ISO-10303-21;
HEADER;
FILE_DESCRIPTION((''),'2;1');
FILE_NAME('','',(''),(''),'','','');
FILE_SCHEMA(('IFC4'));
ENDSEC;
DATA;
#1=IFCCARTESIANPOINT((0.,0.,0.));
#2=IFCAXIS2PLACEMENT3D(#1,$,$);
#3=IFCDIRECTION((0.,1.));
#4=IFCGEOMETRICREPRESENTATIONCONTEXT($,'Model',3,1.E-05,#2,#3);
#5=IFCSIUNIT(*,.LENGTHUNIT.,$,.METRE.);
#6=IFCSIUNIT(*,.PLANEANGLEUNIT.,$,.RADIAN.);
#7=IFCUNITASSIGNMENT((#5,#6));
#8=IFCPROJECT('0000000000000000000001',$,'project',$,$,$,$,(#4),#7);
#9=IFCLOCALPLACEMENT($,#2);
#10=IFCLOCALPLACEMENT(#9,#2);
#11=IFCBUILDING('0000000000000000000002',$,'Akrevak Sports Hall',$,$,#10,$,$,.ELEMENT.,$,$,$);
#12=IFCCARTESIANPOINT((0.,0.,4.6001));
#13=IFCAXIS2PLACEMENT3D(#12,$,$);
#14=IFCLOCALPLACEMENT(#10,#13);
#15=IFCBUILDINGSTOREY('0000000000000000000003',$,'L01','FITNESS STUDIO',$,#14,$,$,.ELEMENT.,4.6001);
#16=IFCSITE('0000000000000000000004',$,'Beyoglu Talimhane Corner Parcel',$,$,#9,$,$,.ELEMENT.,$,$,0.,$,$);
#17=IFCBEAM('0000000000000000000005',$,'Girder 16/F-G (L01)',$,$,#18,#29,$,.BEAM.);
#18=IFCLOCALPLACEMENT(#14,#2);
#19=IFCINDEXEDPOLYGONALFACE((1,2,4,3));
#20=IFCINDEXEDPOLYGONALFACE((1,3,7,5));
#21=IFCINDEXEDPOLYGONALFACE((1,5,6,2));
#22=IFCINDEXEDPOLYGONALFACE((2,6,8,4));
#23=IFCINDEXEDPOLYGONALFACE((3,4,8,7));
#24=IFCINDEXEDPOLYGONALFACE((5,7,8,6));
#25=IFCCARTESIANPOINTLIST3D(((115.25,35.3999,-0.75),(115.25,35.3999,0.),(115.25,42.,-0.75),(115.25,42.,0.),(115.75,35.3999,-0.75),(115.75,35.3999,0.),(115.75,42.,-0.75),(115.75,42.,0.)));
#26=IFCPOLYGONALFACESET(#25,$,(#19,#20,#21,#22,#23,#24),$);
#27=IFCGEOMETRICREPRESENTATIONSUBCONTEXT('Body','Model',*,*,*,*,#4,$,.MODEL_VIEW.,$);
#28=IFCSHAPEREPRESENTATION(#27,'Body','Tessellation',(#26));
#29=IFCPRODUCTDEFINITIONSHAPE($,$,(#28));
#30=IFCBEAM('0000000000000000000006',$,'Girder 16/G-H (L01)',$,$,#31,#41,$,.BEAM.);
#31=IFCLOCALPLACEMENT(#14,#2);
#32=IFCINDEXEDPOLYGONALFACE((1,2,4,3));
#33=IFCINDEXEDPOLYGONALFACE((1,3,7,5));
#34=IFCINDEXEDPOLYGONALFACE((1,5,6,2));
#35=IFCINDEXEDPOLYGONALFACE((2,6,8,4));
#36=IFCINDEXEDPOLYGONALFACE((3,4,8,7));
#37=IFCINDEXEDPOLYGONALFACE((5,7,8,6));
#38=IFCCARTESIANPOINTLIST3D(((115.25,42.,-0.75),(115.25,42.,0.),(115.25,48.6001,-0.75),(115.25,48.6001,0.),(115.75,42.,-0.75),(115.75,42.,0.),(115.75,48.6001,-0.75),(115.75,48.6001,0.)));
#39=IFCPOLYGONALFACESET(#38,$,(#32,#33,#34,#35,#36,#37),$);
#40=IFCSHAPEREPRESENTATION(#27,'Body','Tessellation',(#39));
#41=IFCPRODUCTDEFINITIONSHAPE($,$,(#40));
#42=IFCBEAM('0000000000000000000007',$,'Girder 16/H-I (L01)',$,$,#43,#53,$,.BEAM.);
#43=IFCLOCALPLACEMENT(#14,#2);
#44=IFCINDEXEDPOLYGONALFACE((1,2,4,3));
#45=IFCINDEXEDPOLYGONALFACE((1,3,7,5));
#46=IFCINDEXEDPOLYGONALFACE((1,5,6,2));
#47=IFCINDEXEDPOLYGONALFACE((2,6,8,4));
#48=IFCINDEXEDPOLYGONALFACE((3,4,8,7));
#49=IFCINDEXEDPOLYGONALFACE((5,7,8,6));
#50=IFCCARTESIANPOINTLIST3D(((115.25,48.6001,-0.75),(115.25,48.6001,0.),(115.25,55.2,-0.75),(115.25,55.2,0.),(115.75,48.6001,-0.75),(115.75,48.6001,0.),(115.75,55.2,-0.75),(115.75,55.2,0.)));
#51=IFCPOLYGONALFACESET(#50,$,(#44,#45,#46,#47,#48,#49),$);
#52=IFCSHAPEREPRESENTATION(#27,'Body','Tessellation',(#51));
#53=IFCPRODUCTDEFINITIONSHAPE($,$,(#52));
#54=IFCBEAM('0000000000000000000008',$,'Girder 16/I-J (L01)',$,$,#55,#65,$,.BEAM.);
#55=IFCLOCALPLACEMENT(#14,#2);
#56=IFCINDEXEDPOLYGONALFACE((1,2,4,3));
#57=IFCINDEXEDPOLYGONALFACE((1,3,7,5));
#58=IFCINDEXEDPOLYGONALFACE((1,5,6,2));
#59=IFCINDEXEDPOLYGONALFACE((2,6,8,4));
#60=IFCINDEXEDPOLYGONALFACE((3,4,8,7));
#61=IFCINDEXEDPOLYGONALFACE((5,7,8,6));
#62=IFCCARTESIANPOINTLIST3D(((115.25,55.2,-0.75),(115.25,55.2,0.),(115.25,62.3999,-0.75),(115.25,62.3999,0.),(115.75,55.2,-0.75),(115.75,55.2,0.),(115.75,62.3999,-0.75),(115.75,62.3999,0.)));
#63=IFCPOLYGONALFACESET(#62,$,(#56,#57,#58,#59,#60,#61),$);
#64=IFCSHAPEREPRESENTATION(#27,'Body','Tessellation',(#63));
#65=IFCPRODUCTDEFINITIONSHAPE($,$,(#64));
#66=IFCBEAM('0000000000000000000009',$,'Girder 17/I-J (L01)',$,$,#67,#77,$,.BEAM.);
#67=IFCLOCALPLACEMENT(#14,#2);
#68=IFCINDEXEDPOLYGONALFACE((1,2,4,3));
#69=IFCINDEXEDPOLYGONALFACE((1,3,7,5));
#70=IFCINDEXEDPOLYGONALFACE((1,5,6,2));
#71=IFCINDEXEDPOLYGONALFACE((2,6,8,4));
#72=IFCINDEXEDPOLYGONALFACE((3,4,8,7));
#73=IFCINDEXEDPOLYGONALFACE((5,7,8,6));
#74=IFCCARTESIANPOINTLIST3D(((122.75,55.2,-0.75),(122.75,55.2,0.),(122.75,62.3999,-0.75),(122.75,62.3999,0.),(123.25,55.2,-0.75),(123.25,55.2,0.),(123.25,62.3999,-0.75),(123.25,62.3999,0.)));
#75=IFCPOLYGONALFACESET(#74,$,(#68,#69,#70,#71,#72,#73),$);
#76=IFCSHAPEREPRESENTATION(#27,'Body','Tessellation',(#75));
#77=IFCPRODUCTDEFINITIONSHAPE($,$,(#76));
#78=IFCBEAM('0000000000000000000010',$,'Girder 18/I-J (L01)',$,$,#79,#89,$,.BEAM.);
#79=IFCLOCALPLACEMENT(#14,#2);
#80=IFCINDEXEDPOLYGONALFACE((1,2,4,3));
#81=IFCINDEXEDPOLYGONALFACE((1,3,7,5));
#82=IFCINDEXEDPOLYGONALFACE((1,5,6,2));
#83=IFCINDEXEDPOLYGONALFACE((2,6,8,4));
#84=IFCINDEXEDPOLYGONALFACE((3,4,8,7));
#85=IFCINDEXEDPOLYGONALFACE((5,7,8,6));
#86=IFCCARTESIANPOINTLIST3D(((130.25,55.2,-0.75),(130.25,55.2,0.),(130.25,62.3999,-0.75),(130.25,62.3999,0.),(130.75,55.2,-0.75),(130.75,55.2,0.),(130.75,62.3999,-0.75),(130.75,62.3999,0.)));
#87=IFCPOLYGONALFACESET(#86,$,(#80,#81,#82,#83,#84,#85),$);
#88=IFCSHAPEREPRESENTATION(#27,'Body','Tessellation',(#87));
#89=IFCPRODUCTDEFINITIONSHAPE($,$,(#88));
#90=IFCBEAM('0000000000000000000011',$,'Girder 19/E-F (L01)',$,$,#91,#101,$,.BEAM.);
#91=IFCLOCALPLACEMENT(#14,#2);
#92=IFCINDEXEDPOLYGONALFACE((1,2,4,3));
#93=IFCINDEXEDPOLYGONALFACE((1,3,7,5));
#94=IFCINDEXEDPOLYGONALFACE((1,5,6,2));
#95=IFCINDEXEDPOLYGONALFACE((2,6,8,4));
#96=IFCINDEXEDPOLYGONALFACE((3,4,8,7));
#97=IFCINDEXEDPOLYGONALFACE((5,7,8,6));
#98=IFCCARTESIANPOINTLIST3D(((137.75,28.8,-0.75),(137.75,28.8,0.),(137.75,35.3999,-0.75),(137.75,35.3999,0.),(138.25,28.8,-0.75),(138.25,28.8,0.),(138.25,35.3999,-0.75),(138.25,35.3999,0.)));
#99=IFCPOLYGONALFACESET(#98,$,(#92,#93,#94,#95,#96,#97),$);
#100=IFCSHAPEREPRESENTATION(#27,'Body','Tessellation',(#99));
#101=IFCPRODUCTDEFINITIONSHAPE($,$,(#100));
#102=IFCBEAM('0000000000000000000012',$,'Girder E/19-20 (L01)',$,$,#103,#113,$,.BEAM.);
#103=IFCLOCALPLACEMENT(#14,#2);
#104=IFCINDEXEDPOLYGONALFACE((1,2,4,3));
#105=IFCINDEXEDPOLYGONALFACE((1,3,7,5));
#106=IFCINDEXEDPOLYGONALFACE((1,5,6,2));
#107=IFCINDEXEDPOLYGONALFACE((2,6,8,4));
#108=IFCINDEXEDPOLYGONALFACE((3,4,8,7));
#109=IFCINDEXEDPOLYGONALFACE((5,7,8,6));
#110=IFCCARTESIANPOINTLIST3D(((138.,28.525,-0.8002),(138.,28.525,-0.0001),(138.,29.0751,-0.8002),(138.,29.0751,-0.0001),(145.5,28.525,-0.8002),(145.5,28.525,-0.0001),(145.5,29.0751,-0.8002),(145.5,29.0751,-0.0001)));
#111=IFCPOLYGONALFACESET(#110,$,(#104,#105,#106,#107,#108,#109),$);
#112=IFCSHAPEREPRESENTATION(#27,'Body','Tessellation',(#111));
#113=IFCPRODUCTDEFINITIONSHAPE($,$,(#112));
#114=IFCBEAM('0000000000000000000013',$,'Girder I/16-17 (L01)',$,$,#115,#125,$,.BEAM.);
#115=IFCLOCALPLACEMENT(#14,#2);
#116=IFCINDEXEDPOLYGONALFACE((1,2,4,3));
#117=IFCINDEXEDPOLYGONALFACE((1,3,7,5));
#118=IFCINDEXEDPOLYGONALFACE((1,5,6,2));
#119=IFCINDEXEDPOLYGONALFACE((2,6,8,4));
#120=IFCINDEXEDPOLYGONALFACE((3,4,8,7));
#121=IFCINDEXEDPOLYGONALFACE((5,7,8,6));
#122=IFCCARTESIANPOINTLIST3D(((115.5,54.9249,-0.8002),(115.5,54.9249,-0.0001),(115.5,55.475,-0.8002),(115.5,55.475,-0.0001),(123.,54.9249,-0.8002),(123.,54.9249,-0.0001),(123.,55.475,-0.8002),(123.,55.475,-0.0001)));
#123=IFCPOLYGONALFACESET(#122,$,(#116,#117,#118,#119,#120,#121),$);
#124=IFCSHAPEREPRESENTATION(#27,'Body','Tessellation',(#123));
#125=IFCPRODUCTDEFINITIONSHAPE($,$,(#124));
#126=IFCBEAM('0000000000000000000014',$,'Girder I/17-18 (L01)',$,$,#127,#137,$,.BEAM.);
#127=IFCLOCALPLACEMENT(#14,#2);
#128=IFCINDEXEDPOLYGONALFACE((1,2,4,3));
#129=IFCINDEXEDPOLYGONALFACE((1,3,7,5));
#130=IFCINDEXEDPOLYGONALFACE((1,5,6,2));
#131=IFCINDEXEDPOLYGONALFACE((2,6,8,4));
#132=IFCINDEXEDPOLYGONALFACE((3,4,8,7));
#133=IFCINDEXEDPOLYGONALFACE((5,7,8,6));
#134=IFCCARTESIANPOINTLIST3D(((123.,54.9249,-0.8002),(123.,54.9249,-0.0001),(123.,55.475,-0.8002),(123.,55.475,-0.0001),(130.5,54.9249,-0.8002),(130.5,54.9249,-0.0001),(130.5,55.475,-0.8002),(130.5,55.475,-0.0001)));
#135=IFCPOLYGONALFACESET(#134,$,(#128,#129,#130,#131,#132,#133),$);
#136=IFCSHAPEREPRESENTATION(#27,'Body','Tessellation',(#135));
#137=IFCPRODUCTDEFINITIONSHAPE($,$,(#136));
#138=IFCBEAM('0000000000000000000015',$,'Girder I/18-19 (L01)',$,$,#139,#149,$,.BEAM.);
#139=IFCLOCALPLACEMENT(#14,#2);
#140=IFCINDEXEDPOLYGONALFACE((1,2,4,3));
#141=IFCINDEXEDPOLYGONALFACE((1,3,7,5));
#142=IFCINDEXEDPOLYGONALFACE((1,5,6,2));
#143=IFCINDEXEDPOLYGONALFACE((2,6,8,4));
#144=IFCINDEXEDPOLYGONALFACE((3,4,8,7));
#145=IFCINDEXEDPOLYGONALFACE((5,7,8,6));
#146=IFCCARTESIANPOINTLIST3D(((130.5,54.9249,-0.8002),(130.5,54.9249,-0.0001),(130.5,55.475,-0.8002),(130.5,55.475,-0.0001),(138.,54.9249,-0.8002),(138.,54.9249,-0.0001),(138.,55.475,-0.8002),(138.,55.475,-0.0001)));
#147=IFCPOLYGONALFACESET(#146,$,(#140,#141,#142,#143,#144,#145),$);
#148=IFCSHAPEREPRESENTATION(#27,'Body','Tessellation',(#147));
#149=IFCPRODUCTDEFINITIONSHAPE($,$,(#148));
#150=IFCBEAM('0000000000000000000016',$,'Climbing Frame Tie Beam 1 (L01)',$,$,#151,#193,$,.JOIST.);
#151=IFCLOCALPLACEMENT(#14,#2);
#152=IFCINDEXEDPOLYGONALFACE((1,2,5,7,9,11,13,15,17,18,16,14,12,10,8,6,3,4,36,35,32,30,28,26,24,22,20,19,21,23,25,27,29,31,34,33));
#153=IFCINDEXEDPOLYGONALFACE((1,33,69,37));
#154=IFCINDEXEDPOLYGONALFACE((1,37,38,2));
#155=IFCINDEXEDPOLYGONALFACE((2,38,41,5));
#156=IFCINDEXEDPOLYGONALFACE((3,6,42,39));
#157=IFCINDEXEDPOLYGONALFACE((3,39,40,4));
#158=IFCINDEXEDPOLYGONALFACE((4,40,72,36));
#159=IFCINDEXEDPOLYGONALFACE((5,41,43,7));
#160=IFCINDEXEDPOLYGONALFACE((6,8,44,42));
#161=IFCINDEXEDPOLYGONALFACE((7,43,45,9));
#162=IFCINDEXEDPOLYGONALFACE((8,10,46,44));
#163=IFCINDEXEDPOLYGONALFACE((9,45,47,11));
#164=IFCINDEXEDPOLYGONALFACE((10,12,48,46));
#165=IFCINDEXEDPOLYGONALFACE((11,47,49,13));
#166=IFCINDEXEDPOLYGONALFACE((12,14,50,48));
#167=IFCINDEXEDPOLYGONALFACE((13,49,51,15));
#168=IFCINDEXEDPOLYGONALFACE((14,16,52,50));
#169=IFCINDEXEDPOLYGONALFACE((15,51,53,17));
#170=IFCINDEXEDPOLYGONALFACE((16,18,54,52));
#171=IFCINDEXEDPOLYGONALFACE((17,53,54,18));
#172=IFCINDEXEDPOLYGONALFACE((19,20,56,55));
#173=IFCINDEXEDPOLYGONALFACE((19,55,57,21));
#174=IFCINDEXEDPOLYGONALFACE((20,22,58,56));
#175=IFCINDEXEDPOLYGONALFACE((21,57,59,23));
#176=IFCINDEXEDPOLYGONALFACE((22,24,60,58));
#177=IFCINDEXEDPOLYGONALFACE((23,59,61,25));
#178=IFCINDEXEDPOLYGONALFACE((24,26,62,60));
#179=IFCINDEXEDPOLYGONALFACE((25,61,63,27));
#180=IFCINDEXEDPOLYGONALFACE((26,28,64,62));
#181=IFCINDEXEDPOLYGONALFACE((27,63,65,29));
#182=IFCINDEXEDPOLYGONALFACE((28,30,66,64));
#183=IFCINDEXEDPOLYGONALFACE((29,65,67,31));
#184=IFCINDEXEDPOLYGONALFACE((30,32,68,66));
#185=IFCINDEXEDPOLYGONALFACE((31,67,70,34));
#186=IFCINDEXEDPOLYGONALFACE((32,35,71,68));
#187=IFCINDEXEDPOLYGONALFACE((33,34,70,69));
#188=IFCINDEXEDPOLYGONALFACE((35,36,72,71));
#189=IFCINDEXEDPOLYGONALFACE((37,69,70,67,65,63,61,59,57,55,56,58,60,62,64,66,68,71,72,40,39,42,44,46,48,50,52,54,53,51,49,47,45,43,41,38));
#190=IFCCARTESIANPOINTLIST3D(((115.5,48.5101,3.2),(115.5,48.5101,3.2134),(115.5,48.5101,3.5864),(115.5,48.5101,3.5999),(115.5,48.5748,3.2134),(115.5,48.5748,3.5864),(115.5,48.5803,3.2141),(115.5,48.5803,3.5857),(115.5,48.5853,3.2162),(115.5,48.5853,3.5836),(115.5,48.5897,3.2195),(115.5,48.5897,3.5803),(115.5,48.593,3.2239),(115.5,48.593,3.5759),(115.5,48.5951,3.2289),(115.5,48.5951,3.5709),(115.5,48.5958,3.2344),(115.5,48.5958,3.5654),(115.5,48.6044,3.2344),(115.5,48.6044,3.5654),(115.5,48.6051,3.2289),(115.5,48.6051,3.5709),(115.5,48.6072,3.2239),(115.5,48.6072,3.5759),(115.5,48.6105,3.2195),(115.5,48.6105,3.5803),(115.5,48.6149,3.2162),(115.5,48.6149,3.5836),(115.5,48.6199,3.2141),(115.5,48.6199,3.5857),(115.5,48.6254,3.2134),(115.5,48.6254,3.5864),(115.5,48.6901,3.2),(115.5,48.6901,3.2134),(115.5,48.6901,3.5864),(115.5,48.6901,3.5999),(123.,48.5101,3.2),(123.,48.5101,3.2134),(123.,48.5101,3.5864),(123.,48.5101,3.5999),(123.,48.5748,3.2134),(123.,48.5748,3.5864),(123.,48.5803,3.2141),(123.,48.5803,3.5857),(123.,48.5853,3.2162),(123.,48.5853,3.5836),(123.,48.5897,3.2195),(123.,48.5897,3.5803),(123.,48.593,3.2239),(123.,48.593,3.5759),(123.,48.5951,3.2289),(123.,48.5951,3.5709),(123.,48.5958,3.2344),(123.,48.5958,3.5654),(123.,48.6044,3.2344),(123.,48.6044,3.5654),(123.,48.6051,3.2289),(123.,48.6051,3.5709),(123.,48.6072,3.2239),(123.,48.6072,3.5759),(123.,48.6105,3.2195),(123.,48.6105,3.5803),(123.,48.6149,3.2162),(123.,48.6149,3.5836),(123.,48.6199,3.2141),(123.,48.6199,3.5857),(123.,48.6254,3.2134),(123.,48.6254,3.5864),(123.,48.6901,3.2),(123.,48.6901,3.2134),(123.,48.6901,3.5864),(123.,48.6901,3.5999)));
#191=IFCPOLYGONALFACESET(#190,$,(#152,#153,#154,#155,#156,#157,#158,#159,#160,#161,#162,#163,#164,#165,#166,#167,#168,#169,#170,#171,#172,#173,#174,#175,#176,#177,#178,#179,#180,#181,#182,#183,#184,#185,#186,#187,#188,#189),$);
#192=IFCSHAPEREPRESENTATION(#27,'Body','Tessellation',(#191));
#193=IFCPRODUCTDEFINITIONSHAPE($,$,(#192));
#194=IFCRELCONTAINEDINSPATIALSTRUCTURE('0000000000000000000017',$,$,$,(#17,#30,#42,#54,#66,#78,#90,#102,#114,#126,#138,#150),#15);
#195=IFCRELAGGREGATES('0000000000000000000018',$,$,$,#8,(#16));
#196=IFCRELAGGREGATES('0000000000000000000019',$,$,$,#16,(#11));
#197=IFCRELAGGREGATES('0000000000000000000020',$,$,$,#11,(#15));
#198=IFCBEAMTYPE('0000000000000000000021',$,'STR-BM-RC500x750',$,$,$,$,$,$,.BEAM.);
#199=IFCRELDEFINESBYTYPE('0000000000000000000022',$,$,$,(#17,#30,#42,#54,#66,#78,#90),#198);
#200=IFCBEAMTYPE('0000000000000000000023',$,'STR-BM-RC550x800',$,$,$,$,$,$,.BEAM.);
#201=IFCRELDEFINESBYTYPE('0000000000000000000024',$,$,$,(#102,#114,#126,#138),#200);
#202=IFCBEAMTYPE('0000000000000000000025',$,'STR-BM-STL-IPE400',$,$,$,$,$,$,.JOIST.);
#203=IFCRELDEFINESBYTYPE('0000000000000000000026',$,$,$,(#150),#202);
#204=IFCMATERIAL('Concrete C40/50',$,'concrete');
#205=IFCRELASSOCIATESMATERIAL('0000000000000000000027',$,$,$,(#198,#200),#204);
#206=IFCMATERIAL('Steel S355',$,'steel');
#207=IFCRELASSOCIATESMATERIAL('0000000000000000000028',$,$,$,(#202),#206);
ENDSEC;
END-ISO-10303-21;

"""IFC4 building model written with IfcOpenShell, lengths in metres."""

from ifc_helpers import new_model, si_unit, direction, frame, origin, origin_2d, place, context, subcontext, project, spatial, rectangle, i_section, extrude, material, material_profile, profile_set, type_object, element, save


model = new_model("IFC4")

# Units and contexts
model_context = context("Model", 3, precision=1e-05, world=origin(), true_north=direction((0.0, 1.0)))
body_context = subcontext(model_context, "Body", "Model", "MODEL_VIEW")
ifc_project = project(units=[si_unit("LENGTHUNIT", "METRE"), si_unit("PLANEANGLEUNIT", "RADIAN")], contexts=[model_context])

# Site, building, storey
site_placement = place(None, origin())
site = spatial("IfcSite", under=ifc_project, at=site_placement, Name="Beyoglu Talimhane Corner Parcel", CompositionType="ELEMENT", RefElevation=0.0)
building_placement = place(site_placement, origin())
building = spatial("IfcBuilding", under=site, at=building_placement, Name="Akrevak Sports Hall", CompositionType="ELEMENT")
storey_placement = place(building_placement, frame((0.0, 0.0, 4.6001)))
storey = spatial("IfcBuildingStorey", under=building, at=storey_placement, Name="L01", Description="FITNESS STUDIO", CompositionType="ELEMENT", Elevation=4.6001)

# Shared definitions
ifc_material_1 = material(Name="Concrete C40/50", Category="concrete")
ifc_material_2 = material(Name="Steel S355", Category="steel")

# Beams
ifc_material_profile_1 = material_profile(ifc_material_1, rectangle(XDim=0.5, YDim=0.75, at=origin_2d()), Name="BM 500x750", Category="concrete")
ifc_profile_set_1 = profile_set([ifc_material_profile_1], Name="Concrete C40/50")
beam_type_1 = type_object("IfcBeamType", Name="STR-BM-RC500x750", PredefinedType="BEAM", material=ifc_profile_set_1)
for number, where, z_axis, x_axis, name in (
    (1, (115.5, 35.3999, -0.375), (0.0, 1.0, 0.0), (-1.0, 0.0, 0.0), "Girder 16/F-G (L01)"),
    (2, (115.5, 42.0, -0.375), (0.0, 1.0, 0.0), (-1.0, 0.0, 0.0), "Girder 16/G-H (L01)"),
):
    element("IfcBeam", number, at=place(storey_placement, frame(where, z_axis=z_axis, x_axis=x_axis)), inside=storey, type_object=beam_type_1, Name=name, PredefinedType="BEAM", context=body_context, shape_type="SweptSolid", body=[
        extrude(rectangle(XDim=0.5, YDim=0.75, at=origin_2d()), origin(), (0.0, 0.0, 1.0), 6.6001),
    ])
beam_1_placement = place(storey_placement, frame((115.5, 48.6001, -0.375), z_axis=(0.0, 1.0, 0.0), x_axis=(-1.0, 0.0, 0.0)))
element("IfcBeam", 3, at=beam_1_placement, inside=storey, type_object=beam_type_1, Name="Girder 16/H-I (L01)", PredefinedType="BEAM", context=body_context, shape_type="SweptSolid", body=[
    extrude(rectangle(XDim=0.5, YDim=0.75, at=origin_2d()), origin(), (0.0, 0.0, 1.0), 6.5999),
])
for number, where, z_axis, x_axis, name in (
    (4, (115.5, 55.2, -0.375), (0.0, 1.0, 0.0), (-1.0, 0.0, 0.0), "Girder 16/I-J (L01)"),
    (5, (123.0, 55.2, -0.375), (0.0, 1.0, 0.0), (-1.0, 0.0, 0.0), "Girder 17/I-J (L01)"),
    (6, (130.5, 55.2, -0.375), (0.0, 1.0, 0.0), (-1.0, 0.0, 0.0), "Girder 18/I-J (L01)"),
):
    element("IfcBeam", number, at=place(storey_placement, frame(where, z_axis=z_axis, x_axis=x_axis)), inside=storey, type_object=beam_type_1, Name=name, PredefinedType="BEAM", context=body_context, shape_type="SweptSolid", body=[
        extrude(rectangle(XDim=0.5, YDim=0.75, at=origin_2d()), origin(), (0.0, 0.0, 1.0), 7.2),
    ])
beam_2_placement = place(storey_placement, frame((138.0, 28.8, -0.375), z_axis=(0.0, 1.0, 0.0), x_axis=(-1.0, 0.0, 0.0)))
element("IfcBeam", 7, at=beam_2_placement, inside=storey, type_object=beam_type_1, Name="Girder 19/E-F (L01)", PredefinedType="BEAM", context=body_context, shape_type="SweptSolid", body=[
    extrude(rectangle(XDim=0.5, YDim=0.75, at=origin_2d()), origin(), (0.0, 0.0, 1.0), 6.5999),
])
ifc_material_profile_2 = material_profile(ifc_material_1, rectangle(XDim=0.55, YDim=0.8, at=origin_2d()), Name="BM 550x800", Category="concrete")
ifc_profile_set_2 = profile_set([ifc_material_profile_2], Name="Concrete C40/50")
beam_type_2 = type_object("IfcBeamType", Name="STR-BM-RC550x800", PredefinedType="BEAM", material=ifc_profile_set_2)
for number, where, z_axis, x_axis, name in (
    (8, (138.0, 28.8, -0.4001), (1.0, 0.0, 0.0), (0.0, 1.0, 0.0), "Girder E/19-20 (L01)"),
    (9, (115.5, 55.2, -0.4001), (1.0, 0.0, 0.0), (0.0, 1.0, 0.0), "Girder I/16-17 (L01)"),
    (10, (123.0, 55.2, -0.4001), (1.0, 0.0, 0.0), (0.0, 1.0, 0.0), "Girder I/17-18 (L01)"),
    (11, (130.5, 55.2, -0.4001), (1.0, 0.0, 0.0), (0.0, 1.0, 0.0), "Girder I/18-19 (L01)"),
):
    element("IfcBeam", number, at=place(storey_placement, frame(where, z_axis=z_axis, x_axis=x_axis)), inside=storey, type_object=beam_type_2, Name=name, PredefinedType="BEAM", context=body_context, shape_type="SweptSolid", body=[
        extrude(rectangle(XDim=0.55, YDim=0.8, at=origin_2d()), origin(), (0.0, 0.0, 1.0), 7.5),
    ])
ifc_material_profile_3 = material_profile(ifc_material_2, i_section(OverallWidth=0.1799, OverallDepth=0.3999, WebThickness=0.0085, FlangeThickness=0.0134, FilletRadius=0.021, at=origin_2d()), Name="IPE 400", Category="steel")
ifc_profile_set_3 = profile_set([ifc_material_profile_3], Name="Steel S355")
beam_type_3 = type_object("IfcBeamType", Name="STR-BM-STL-IPE400", PredefinedType="JOIST", material=ifc_profile_set_3)
for number, where, z_axis, x_axis, name in (
    (12, (115.5, 48.6001, 3.3999), (1.0, 0.0, 0.0), (0.0, 1.0, 0.0), "Climbing Frame Tie Beam 1 (L01)"),
):
    element("IfcBeam", number, at=place(storey_placement, frame(where, z_axis=z_axis, x_axis=x_axis)), inside=storey, type_object=beam_type_3, Name=name, PredefinedType="JOIST", context=body_context, shape_type="SweptSolid", body=[
        extrude(i_section(OverallWidth=0.1799, OverallDepth=0.3999, WebThickness=0.0085, FlangeThickness=0.0134, FilletRadius=0.021, at=origin_2d()), origin(), (0.0, 0.0, 1.0), 7.5),
    ])

save(model, "model.ifc")
